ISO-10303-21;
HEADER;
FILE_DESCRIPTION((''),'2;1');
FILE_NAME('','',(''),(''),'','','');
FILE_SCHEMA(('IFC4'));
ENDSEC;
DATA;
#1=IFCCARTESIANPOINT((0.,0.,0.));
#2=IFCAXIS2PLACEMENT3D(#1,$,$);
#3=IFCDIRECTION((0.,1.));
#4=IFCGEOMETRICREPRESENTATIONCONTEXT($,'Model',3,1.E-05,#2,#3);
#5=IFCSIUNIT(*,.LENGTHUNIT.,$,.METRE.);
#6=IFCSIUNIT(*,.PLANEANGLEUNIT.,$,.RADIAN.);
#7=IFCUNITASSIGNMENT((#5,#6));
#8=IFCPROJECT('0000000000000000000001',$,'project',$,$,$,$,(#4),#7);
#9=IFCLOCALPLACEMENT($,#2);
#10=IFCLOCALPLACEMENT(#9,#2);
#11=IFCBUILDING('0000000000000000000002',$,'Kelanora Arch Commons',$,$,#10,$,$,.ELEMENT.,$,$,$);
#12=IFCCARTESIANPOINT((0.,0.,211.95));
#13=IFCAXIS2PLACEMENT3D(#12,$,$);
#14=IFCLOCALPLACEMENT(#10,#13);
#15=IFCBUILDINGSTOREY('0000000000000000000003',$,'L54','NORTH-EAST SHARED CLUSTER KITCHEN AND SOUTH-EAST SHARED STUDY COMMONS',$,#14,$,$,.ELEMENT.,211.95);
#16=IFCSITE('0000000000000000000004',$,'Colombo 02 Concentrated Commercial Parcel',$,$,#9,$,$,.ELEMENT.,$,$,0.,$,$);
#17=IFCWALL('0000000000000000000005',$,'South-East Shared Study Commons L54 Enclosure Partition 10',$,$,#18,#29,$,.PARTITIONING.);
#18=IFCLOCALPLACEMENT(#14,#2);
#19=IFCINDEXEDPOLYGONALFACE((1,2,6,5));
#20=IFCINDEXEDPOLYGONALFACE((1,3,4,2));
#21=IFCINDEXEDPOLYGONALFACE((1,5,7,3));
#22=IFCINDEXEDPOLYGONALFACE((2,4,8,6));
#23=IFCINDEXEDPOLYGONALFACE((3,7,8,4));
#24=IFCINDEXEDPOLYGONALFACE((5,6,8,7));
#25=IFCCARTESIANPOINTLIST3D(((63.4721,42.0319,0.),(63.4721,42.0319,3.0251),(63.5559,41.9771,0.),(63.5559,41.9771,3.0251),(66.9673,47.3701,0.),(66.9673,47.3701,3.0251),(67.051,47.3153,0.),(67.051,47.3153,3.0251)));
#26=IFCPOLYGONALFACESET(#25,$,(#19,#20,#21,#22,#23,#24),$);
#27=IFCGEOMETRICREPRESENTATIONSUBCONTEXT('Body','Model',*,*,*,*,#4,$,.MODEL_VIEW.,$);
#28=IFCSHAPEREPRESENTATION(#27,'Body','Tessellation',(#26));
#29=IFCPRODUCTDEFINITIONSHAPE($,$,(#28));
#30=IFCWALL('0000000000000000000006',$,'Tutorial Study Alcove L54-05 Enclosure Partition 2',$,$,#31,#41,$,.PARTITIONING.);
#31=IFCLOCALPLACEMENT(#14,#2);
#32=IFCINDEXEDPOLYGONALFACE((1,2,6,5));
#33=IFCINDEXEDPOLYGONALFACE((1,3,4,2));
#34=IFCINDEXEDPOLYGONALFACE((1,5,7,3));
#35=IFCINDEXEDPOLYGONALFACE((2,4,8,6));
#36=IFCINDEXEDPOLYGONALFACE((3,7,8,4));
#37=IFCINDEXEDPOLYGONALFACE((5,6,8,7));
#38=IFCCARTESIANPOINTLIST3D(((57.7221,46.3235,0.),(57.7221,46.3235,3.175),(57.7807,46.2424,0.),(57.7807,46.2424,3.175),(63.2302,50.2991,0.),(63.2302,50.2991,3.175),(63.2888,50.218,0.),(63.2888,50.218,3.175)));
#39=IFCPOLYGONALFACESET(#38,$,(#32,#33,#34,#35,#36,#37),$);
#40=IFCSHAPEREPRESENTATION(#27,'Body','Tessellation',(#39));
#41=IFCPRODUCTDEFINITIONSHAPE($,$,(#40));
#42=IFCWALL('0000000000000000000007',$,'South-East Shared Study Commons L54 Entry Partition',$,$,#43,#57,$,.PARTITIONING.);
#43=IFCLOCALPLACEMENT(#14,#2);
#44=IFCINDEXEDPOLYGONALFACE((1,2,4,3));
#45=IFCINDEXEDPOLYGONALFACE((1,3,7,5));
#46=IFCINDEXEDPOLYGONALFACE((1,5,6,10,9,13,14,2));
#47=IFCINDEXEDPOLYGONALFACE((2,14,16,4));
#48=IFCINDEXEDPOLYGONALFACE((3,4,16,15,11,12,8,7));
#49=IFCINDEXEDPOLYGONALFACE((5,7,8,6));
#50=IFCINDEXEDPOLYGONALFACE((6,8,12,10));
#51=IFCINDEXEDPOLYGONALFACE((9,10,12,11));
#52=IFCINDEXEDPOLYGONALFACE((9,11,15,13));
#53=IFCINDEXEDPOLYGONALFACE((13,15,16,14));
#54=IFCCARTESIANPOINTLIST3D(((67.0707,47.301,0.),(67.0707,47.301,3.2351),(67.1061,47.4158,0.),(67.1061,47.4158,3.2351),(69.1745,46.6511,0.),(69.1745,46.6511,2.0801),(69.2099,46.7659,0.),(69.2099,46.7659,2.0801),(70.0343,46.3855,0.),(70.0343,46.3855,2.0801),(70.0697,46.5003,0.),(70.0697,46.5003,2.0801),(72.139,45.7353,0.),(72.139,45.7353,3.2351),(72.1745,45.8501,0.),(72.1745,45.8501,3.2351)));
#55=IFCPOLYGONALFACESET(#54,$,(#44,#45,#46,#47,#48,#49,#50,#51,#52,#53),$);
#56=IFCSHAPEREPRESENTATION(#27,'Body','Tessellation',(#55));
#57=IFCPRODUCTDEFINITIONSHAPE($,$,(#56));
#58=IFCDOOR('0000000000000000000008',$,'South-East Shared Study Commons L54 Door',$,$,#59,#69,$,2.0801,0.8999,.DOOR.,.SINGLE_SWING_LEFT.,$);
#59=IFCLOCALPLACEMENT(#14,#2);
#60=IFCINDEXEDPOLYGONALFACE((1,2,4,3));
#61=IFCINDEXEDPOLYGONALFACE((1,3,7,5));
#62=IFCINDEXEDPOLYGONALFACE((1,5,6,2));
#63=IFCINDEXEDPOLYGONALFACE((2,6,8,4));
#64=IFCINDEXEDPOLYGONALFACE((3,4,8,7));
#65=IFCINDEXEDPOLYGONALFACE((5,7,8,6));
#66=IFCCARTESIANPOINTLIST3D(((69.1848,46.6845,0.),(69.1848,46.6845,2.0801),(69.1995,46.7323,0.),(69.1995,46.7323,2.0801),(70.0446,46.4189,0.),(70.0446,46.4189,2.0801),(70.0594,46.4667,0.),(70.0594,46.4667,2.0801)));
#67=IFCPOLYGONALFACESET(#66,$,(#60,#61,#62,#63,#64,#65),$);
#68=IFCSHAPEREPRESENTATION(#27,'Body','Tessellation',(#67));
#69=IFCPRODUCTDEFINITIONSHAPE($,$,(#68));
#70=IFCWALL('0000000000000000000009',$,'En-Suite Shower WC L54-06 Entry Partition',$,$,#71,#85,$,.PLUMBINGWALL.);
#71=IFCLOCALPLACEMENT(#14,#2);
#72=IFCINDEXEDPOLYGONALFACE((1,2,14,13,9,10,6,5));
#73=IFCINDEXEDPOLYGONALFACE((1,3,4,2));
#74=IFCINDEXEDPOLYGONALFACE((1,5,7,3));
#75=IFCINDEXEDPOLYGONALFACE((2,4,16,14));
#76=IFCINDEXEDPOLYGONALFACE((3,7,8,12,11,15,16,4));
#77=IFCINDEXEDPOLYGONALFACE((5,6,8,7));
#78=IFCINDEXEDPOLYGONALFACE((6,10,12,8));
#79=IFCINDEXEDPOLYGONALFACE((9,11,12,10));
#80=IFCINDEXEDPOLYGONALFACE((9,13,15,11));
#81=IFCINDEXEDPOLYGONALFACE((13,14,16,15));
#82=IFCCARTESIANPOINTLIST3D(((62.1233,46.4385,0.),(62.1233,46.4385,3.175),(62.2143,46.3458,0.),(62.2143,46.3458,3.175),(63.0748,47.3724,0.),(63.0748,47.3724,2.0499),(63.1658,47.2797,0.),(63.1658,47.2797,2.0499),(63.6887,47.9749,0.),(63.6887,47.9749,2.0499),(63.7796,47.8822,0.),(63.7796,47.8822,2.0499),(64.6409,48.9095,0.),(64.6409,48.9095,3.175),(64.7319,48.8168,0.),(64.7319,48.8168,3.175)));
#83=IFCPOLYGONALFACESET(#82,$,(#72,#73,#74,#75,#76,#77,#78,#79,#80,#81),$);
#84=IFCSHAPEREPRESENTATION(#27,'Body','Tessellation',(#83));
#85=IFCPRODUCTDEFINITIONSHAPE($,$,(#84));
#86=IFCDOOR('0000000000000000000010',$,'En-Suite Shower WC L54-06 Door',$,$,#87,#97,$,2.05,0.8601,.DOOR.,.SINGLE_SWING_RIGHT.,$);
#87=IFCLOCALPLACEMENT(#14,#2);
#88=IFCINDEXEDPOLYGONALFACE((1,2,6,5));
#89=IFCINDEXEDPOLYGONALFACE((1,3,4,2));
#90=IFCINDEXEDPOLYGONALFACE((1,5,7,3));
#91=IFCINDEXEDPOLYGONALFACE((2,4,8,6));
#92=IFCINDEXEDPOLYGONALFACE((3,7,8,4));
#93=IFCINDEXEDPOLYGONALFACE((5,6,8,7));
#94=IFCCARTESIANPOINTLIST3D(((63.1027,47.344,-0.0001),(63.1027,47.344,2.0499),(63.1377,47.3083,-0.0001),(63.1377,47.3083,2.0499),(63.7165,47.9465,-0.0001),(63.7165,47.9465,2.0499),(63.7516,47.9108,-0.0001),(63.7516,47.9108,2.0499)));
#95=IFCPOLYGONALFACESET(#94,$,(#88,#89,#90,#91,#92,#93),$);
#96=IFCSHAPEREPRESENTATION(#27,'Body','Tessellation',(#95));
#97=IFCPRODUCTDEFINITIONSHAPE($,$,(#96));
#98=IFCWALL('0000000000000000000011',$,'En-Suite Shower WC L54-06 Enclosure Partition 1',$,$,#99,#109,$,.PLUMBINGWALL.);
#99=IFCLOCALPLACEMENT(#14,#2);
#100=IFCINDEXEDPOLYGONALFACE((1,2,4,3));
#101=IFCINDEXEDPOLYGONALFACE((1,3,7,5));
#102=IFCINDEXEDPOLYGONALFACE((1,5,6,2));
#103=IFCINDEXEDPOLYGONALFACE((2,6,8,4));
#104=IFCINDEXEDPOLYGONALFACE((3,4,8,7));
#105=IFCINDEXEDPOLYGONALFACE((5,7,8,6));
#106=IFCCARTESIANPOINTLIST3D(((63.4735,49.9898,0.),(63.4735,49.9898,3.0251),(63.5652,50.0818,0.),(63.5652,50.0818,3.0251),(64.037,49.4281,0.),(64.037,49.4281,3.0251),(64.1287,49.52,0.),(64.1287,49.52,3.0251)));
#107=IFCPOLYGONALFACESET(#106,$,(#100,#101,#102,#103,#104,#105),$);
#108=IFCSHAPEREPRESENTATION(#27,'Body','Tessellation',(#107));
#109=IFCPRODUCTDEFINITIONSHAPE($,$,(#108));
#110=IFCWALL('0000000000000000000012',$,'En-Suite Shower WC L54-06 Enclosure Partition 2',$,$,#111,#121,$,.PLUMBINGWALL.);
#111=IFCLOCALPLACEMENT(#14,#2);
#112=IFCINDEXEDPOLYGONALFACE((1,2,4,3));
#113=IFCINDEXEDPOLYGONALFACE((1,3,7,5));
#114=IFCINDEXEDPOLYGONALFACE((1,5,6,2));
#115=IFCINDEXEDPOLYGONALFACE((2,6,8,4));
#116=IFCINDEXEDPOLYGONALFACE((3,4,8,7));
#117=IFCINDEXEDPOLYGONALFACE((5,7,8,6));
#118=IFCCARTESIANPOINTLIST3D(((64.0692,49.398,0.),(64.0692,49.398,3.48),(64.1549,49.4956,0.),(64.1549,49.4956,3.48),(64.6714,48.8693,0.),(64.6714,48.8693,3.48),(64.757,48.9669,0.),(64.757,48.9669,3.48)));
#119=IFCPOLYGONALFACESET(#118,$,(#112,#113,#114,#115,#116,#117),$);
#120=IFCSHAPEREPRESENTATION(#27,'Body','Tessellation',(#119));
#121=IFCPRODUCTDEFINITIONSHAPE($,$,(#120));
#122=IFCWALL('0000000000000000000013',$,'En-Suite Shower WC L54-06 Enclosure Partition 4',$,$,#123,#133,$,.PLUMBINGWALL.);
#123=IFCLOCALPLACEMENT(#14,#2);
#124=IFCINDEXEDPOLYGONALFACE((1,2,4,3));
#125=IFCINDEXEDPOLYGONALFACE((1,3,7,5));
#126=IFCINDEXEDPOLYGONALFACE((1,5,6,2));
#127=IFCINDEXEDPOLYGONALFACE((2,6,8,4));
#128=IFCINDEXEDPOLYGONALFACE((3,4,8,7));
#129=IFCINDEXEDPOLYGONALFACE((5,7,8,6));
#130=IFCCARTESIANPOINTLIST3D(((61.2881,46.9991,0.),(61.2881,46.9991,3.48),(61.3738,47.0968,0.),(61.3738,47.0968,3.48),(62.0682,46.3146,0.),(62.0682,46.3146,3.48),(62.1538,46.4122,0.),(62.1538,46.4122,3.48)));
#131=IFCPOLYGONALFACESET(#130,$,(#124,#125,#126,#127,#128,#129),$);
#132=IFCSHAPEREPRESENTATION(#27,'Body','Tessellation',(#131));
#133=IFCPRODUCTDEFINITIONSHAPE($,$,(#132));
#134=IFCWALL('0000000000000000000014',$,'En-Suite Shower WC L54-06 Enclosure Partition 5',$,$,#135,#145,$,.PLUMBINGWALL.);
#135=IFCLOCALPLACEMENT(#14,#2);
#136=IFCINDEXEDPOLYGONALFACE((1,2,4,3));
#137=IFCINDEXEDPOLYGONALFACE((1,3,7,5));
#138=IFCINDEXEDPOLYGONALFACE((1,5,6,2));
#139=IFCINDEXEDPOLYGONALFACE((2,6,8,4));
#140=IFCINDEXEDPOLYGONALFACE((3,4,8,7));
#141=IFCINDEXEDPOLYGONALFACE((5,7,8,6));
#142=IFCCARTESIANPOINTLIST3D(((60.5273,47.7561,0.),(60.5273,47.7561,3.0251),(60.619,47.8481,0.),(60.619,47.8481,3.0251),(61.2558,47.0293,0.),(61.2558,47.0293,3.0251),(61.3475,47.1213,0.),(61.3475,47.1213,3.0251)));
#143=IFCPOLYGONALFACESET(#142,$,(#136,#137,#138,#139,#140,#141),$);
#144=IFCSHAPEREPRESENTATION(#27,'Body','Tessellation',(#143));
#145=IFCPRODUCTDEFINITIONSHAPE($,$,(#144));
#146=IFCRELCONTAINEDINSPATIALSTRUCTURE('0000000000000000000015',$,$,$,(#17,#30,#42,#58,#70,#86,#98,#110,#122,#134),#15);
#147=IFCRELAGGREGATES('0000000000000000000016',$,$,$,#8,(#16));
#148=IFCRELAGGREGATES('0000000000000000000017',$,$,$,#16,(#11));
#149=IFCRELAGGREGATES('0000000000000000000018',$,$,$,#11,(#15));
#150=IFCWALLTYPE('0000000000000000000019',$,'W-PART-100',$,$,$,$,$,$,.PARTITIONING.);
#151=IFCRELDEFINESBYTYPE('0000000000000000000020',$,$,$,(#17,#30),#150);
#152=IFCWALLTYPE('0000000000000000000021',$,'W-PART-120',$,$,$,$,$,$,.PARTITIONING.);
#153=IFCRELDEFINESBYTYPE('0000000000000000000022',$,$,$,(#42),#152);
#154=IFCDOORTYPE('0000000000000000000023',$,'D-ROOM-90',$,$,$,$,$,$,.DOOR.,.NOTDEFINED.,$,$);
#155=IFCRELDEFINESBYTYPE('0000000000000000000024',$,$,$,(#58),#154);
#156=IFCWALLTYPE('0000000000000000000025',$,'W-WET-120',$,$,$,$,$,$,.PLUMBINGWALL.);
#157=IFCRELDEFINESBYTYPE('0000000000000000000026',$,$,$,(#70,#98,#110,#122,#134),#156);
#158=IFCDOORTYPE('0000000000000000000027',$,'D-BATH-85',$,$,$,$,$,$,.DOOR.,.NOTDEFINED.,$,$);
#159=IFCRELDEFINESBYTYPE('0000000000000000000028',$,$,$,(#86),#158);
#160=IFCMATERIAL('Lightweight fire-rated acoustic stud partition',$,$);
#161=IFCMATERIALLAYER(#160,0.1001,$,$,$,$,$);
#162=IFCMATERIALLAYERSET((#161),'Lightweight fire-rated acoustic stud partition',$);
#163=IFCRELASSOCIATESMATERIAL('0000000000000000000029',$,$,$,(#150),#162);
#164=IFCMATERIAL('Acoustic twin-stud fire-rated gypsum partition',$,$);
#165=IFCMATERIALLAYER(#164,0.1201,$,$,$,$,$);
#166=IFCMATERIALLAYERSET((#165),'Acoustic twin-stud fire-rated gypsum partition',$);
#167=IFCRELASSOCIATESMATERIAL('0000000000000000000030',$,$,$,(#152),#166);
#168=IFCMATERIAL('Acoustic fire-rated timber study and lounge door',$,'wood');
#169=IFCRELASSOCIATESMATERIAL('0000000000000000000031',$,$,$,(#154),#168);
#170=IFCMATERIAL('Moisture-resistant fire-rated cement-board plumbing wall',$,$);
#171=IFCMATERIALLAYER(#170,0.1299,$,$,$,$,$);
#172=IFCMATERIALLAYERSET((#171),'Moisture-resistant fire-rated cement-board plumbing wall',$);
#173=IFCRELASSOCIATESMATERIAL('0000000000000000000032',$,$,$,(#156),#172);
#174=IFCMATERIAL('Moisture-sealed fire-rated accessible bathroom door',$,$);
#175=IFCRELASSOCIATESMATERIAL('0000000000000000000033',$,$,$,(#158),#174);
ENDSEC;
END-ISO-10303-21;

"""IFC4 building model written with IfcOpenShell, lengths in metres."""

from ifc_helpers import new_model, si_unit, direction, frame, frame_2d, origin, place, context, subcontext, project, spatial, rectangle, extrude, material, layer, layer_set, type_object, element, fill, save


model = new_model("IFC4")

# Units and contexts
model_context = context("Model", 3, precision=1e-05, world=origin(), true_north=direction((0.0, 1.0)))
body_context = subcontext(model_context, "Body", "Model", "MODEL_VIEW")
ifc_project = project(units=[si_unit("LENGTHUNIT", "METRE"), si_unit("PLANEANGLEUNIT", "RADIAN")], contexts=[model_context])

# Site, building, storey
site_placement = place(None, origin())
site = spatial("IfcSite", under=ifc_project, at=site_placement, Name="Colombo 02 Concentrated Commercial Parcel", CompositionType="ELEMENT", RefElevation=0.0)
building_placement = place(site_placement, origin())
building = spatial("IfcBuilding", under=site, at=building_placement, Name="Kelanora Arch Commons", CompositionType="ELEMENT")
storey_placement = place(building_placement, frame((0.0, 0.0, 211.95)))
storey = spatial("IfcBuildingStorey", under=building, at=storey_placement, Name="L54", Description="NORTH-EAST SHARED CLUSTER KITCHEN AND SOUTH-EAST SHARED STUDY COMMONS", CompositionType="ELEMENT", Elevation=211.95)

# Walls
ifc_material_1 = material(Name="Lightweight fire-rated acoustic stud partition")
ifc_layer_1 = layer(ifc_material_1, 0.1001)
ifc_layer_set_1 = layer_set([ifc_layer_1], Name="Lightweight fire-rated acoustic stud partition")
wall_type_1 = type_object("IfcWallType", Name="W-PART-100", PredefinedType="PARTITIONING", material=ifc_layer_set_1)
wall_1_placement = place(storey_placement, frame((63.5139, 42.0044, 0.0), z_axis=(0.0, 0.0, 1.0), x_axis=(0.547776, 0.836625, 0.0)))
element("IfcWall", 1, at=wall_1_placement, inside=storey, type_object=wall_type_1, Name="South-East Shared Study Commons L54 Enclosure Partition 10", PredefinedType="PARTITIONING", context=body_context, shape_type="SweptSolid", body=[
    extrude(rectangle(XDim=6.3806, YDim=0.1001, at=frame_2d((3.1904, 0.0))), origin(), (0.0, 0.0, 1.0), 3.0251),
])
wall_2_placement = place(storey_placement, frame((63.2595, 50.2585, 0.0), z_axis=(0.0, 0.0, 1.0), x_axis=(-0.810851, -0.585253, 0.0)))
element("IfcWall", 2, at=wall_2_placement, inside=storey, type_object=wall_type_1, Name="Tutorial Study Alcove L54-05 Enclosure Partition 2", PredefinedType="PARTITIONING", context=body_context, shape_type="SweptSolid", body=[
    extrude(rectangle(XDim=6.793, YDim=0.1001, at=frame_2d((3.3965, 0.0))), origin(), (0.0, 0.0, 1.0), 3.175),
])

# Walls, openings, doors
ifc_material_2 = material(Name="Acoustic twin-stud fire-rated gypsum partition")
ifc_layer_2 = layer(ifc_material_2, 0.1201)
ifc_layer_set_2 = layer_set([ifc_layer_2], Name="Acoustic twin-stud fire-rated gypsum partition")
wall_type_2 = type_object("IfcWallType", Name="W-PART-120", PredefinedType="PARTITIONING", material=ifc_layer_set_2)
wall_3_placement = place(storey_placement, frame((67.0884, 47.3584, 0.0), z_axis=(0.0, 0.0, 1.0), x_axis=(0.955451, -0.29515, 0.0)))
wall_3 = element("IfcWall", 3, at=wall_3_placement, inside=storey, type_object=wall_type_2, Name="South-East Shared Study Commons L54 Entry Partition", PredefinedType="PARTITIONING", context=body_context, shape_type="SweptSolid", body=[
    extrude(rectangle(XDim=5.3047, YDim=0.1201, at=frame_2d((2.6523, 0.0))), origin(), (0.0, 0.0, 1.0), 3.2351),
])
opening_1_placement = place(wall_3_placement, frame((2.2019, 0.0, 0.0)))
opening_1 = element("IfcOpeningElement", 4, at=opening_1_placement, cuts=wall_3, PredefinedType="OPENING", context=body_context, shape_type="SweptSolid", body=[
    extrude(rectangle(XDim=0.8999, YDim=2.0801, at=frame_2d((0.45, 1.04))), frame((0.0, 0.0701, 0.0), z_axis=(0.0, -1.0, 0.0), x_axis=(1.0, 0.0, 0.0)), (0.0, 0.0, 1.0), 0.1401),
])
ifc_material_3 = material(Name="Acoustic fire-rated timber study and lounge door", Category="wood")
door_type_1 = type_object("IfcDoorType", Name="D-ROOM-90", OperationType="NOTDEFINED", PredefinedType="DOOR", material=ifc_material_3)
door_1_placement = place(opening_1_placement, origin())
door_1 = element("IfcDoor", 5, at=door_1_placement, inside=storey, type_object=door_type_1, Name="South-East Shared Study Commons L54 Door", OperationType="SINGLE_SWING_LEFT", OverallHeight=2.0801, OverallWidth=0.8999, PredefinedType="DOOR", context=body_context, shape_type="SweptSolid", body=[
    extrude(rectangle(XDim=0.8999, YDim=2.0801, at=frame_2d((0.45, 1.04))), frame((0.0, 0.0249, 0.0), z_axis=(0.0, -1.0, 0.0), x_axis=(1.0, 0.0, 0.0)), (0.0, 0.0, 1.0), 0.05),
])
fill(opening_1, door_1)
ifc_material_4 = material(Name="Moisture-resistant fire-rated cement-board plumbing wall")
ifc_layer_3 = layer(ifc_material_4, 0.1299)
ifc_layer_set_3 = layer_set([ifc_layer_3], Name="Moisture-resistant fire-rated cement-board plumbing wall")
wall_type_3 = type_object("IfcWallType", Name="W-WET-120", PredefinedType="PLUMBINGWALL", material=ifc_layer_set_3)
wall_4_placement = place(storey_placement, frame((64.6863, 48.863, 0.0), z_axis=(0.0, 0.0, 1.0), x_axis=(-0.713685, -0.700466, 0.0)))
wall_4 = element("IfcWall", 6, at=wall_4_placement, inside=storey, type_object=wall_type_3, Name="En-Suite Shower WC L54-06 Entry Partition", PredefinedType="PLUMBINGWALL", context=body_context, shape_type="SweptSolid", body=[
    extrude(rectangle(XDim=3.5276, YDim=0.1299, at=frame_2d((1.7637, 0.0))), origin(), (0.0, 0.0, 1.0), 3.175),
])
opening_2_placement = place(wall_4_placement, frame((1.334, 0.0, 0.0)))
opening_2 = element("IfcOpeningElement", 7, at=opening_2_placement, cuts=wall_4, PredefinedType="OPENING", context=body_context, shape_type="SweptSolid", body=[
    extrude(rectangle(XDim=0.8601, YDim=2.05, at=frame_2d((0.4302, 1.0249))), frame((0.0, 0.075, 0.0), z_axis=(0.0, -1.0, 0.0), x_axis=(1.0, 0.0, 0.0)), (0.0, 0.0, 1.0), 0.1499),
])
ifc_material_5 = material(Name="Moisture-sealed fire-rated accessible bathroom door")
door_type_2 = type_object("IfcDoorType", Name="D-BATH-85", OperationType="NOTDEFINED", PredefinedType="DOOR", material=ifc_material_5)
door_2_placement = place(opening_2_placement, origin())
door_2 = element("IfcDoor", 8, at=door_2_placement, inside=storey, type_object=door_type_2, Name="En-Suite Shower WC L54-06 Door", OperationType="SINGLE_SWING_RIGHT", OverallHeight=2.05, OverallWidth=0.8601, PredefinedType="DOOR", context=body_context, shape_type="SweptSolid", body=[
    extrude(rectangle(XDim=0.8601, YDim=2.05, at=frame_2d((0.4302, 1.0249))), frame((0.0, 0.0249, 0.0), z_axis=(0.0, -1.0, 0.0), x_axis=(1.0, 0.0, 0.0)), (0.0, 0.0, 1.0), 0.05),
])
fill(opening_2, door_2)

# Walls
wall_5_placement = place(storey_placement, frame((63.5193, 50.0359, 0.0), z_axis=(0.0, 0.0, 1.0), x_axis=(0.70818, -0.706032, 0.0)))
element("IfcWall", 9, at=wall_5_placement, inside=storey, type_object=wall_type_3, Name="En-Suite Shower WC L54-06 Enclosure Partition 1", PredefinedType="PLUMBINGWALL", context=body_context, shape_type="SweptSolid", body=[
    extrude(rectangle(XDim=0.7957, YDim=0.1299, at=frame_2d((0.3979, 0.0))), origin(), (0.0, 0.0, 1.0), 3.0251),
])
wall_6_placement = place(storey_placement, frame((64.1121, 49.4468, 0.0), z_axis=(0.0, 0.0, 1.0), x_axis=(0.751481, -0.659755, 0.0)))
element("IfcWall", 10, at=wall_6_placement, inside=storey, type_object=wall_type_3, Name="En-Suite Shower WC L54-06 Enclosure Partition 2", PredefinedType="PLUMBINGWALL", context=body_context, shape_type="SweptSolid", body=[
    extrude(rectangle(XDim=0.8013, YDim=0.1299, at=frame_2d((0.4006, 0.0))), origin(), (0.0, 0.0, 1.0), 3.48),
])
wall_7_placement = place(storey_placement, frame((62.1111, 46.3633, 0.0), z_axis=(0.0, 0.0, 1.0), x_axis=(-0.7516, 0.65962, 0.0)))
element("IfcWall", 11, at=wall_7_placement, inside=storey, type_object=wall_type_3, Name="En-Suite Shower WC L54-06 Enclosure Partition 4", PredefinedType="PLUMBINGWALL", context=body_context, shape_type="SweptSolid", body=[
    extrude(rectangle(XDim=1.0378, YDim=0.1299, at=frame_2d((0.519, 0.0))), origin(), (0.0, 0.0, 1.0), 3.48),
])
wall_8_placement = place(storey_placement, frame((61.3018, 47.0752, 0.0), z_axis=(0.0, 0.0, 1.0), x_axis=(-0.707937, 0.706276, 0.0)))
element("IfcWall", 12, at=wall_8_placement, inside=storey, type_object=wall_type_3, Name="En-Suite Shower WC L54-06 Enclosure Partition 5", PredefinedType="PLUMBINGWALL", context=body_context, shape_type="SweptSolid", body=[
    extrude(rectangle(XDim=1.0291, YDim=0.1299, at=frame_2d((0.5146, 0.0))), origin(), (0.0, 0.0, 1.0), 3.0251),
])

save(model, "model.ifc")
